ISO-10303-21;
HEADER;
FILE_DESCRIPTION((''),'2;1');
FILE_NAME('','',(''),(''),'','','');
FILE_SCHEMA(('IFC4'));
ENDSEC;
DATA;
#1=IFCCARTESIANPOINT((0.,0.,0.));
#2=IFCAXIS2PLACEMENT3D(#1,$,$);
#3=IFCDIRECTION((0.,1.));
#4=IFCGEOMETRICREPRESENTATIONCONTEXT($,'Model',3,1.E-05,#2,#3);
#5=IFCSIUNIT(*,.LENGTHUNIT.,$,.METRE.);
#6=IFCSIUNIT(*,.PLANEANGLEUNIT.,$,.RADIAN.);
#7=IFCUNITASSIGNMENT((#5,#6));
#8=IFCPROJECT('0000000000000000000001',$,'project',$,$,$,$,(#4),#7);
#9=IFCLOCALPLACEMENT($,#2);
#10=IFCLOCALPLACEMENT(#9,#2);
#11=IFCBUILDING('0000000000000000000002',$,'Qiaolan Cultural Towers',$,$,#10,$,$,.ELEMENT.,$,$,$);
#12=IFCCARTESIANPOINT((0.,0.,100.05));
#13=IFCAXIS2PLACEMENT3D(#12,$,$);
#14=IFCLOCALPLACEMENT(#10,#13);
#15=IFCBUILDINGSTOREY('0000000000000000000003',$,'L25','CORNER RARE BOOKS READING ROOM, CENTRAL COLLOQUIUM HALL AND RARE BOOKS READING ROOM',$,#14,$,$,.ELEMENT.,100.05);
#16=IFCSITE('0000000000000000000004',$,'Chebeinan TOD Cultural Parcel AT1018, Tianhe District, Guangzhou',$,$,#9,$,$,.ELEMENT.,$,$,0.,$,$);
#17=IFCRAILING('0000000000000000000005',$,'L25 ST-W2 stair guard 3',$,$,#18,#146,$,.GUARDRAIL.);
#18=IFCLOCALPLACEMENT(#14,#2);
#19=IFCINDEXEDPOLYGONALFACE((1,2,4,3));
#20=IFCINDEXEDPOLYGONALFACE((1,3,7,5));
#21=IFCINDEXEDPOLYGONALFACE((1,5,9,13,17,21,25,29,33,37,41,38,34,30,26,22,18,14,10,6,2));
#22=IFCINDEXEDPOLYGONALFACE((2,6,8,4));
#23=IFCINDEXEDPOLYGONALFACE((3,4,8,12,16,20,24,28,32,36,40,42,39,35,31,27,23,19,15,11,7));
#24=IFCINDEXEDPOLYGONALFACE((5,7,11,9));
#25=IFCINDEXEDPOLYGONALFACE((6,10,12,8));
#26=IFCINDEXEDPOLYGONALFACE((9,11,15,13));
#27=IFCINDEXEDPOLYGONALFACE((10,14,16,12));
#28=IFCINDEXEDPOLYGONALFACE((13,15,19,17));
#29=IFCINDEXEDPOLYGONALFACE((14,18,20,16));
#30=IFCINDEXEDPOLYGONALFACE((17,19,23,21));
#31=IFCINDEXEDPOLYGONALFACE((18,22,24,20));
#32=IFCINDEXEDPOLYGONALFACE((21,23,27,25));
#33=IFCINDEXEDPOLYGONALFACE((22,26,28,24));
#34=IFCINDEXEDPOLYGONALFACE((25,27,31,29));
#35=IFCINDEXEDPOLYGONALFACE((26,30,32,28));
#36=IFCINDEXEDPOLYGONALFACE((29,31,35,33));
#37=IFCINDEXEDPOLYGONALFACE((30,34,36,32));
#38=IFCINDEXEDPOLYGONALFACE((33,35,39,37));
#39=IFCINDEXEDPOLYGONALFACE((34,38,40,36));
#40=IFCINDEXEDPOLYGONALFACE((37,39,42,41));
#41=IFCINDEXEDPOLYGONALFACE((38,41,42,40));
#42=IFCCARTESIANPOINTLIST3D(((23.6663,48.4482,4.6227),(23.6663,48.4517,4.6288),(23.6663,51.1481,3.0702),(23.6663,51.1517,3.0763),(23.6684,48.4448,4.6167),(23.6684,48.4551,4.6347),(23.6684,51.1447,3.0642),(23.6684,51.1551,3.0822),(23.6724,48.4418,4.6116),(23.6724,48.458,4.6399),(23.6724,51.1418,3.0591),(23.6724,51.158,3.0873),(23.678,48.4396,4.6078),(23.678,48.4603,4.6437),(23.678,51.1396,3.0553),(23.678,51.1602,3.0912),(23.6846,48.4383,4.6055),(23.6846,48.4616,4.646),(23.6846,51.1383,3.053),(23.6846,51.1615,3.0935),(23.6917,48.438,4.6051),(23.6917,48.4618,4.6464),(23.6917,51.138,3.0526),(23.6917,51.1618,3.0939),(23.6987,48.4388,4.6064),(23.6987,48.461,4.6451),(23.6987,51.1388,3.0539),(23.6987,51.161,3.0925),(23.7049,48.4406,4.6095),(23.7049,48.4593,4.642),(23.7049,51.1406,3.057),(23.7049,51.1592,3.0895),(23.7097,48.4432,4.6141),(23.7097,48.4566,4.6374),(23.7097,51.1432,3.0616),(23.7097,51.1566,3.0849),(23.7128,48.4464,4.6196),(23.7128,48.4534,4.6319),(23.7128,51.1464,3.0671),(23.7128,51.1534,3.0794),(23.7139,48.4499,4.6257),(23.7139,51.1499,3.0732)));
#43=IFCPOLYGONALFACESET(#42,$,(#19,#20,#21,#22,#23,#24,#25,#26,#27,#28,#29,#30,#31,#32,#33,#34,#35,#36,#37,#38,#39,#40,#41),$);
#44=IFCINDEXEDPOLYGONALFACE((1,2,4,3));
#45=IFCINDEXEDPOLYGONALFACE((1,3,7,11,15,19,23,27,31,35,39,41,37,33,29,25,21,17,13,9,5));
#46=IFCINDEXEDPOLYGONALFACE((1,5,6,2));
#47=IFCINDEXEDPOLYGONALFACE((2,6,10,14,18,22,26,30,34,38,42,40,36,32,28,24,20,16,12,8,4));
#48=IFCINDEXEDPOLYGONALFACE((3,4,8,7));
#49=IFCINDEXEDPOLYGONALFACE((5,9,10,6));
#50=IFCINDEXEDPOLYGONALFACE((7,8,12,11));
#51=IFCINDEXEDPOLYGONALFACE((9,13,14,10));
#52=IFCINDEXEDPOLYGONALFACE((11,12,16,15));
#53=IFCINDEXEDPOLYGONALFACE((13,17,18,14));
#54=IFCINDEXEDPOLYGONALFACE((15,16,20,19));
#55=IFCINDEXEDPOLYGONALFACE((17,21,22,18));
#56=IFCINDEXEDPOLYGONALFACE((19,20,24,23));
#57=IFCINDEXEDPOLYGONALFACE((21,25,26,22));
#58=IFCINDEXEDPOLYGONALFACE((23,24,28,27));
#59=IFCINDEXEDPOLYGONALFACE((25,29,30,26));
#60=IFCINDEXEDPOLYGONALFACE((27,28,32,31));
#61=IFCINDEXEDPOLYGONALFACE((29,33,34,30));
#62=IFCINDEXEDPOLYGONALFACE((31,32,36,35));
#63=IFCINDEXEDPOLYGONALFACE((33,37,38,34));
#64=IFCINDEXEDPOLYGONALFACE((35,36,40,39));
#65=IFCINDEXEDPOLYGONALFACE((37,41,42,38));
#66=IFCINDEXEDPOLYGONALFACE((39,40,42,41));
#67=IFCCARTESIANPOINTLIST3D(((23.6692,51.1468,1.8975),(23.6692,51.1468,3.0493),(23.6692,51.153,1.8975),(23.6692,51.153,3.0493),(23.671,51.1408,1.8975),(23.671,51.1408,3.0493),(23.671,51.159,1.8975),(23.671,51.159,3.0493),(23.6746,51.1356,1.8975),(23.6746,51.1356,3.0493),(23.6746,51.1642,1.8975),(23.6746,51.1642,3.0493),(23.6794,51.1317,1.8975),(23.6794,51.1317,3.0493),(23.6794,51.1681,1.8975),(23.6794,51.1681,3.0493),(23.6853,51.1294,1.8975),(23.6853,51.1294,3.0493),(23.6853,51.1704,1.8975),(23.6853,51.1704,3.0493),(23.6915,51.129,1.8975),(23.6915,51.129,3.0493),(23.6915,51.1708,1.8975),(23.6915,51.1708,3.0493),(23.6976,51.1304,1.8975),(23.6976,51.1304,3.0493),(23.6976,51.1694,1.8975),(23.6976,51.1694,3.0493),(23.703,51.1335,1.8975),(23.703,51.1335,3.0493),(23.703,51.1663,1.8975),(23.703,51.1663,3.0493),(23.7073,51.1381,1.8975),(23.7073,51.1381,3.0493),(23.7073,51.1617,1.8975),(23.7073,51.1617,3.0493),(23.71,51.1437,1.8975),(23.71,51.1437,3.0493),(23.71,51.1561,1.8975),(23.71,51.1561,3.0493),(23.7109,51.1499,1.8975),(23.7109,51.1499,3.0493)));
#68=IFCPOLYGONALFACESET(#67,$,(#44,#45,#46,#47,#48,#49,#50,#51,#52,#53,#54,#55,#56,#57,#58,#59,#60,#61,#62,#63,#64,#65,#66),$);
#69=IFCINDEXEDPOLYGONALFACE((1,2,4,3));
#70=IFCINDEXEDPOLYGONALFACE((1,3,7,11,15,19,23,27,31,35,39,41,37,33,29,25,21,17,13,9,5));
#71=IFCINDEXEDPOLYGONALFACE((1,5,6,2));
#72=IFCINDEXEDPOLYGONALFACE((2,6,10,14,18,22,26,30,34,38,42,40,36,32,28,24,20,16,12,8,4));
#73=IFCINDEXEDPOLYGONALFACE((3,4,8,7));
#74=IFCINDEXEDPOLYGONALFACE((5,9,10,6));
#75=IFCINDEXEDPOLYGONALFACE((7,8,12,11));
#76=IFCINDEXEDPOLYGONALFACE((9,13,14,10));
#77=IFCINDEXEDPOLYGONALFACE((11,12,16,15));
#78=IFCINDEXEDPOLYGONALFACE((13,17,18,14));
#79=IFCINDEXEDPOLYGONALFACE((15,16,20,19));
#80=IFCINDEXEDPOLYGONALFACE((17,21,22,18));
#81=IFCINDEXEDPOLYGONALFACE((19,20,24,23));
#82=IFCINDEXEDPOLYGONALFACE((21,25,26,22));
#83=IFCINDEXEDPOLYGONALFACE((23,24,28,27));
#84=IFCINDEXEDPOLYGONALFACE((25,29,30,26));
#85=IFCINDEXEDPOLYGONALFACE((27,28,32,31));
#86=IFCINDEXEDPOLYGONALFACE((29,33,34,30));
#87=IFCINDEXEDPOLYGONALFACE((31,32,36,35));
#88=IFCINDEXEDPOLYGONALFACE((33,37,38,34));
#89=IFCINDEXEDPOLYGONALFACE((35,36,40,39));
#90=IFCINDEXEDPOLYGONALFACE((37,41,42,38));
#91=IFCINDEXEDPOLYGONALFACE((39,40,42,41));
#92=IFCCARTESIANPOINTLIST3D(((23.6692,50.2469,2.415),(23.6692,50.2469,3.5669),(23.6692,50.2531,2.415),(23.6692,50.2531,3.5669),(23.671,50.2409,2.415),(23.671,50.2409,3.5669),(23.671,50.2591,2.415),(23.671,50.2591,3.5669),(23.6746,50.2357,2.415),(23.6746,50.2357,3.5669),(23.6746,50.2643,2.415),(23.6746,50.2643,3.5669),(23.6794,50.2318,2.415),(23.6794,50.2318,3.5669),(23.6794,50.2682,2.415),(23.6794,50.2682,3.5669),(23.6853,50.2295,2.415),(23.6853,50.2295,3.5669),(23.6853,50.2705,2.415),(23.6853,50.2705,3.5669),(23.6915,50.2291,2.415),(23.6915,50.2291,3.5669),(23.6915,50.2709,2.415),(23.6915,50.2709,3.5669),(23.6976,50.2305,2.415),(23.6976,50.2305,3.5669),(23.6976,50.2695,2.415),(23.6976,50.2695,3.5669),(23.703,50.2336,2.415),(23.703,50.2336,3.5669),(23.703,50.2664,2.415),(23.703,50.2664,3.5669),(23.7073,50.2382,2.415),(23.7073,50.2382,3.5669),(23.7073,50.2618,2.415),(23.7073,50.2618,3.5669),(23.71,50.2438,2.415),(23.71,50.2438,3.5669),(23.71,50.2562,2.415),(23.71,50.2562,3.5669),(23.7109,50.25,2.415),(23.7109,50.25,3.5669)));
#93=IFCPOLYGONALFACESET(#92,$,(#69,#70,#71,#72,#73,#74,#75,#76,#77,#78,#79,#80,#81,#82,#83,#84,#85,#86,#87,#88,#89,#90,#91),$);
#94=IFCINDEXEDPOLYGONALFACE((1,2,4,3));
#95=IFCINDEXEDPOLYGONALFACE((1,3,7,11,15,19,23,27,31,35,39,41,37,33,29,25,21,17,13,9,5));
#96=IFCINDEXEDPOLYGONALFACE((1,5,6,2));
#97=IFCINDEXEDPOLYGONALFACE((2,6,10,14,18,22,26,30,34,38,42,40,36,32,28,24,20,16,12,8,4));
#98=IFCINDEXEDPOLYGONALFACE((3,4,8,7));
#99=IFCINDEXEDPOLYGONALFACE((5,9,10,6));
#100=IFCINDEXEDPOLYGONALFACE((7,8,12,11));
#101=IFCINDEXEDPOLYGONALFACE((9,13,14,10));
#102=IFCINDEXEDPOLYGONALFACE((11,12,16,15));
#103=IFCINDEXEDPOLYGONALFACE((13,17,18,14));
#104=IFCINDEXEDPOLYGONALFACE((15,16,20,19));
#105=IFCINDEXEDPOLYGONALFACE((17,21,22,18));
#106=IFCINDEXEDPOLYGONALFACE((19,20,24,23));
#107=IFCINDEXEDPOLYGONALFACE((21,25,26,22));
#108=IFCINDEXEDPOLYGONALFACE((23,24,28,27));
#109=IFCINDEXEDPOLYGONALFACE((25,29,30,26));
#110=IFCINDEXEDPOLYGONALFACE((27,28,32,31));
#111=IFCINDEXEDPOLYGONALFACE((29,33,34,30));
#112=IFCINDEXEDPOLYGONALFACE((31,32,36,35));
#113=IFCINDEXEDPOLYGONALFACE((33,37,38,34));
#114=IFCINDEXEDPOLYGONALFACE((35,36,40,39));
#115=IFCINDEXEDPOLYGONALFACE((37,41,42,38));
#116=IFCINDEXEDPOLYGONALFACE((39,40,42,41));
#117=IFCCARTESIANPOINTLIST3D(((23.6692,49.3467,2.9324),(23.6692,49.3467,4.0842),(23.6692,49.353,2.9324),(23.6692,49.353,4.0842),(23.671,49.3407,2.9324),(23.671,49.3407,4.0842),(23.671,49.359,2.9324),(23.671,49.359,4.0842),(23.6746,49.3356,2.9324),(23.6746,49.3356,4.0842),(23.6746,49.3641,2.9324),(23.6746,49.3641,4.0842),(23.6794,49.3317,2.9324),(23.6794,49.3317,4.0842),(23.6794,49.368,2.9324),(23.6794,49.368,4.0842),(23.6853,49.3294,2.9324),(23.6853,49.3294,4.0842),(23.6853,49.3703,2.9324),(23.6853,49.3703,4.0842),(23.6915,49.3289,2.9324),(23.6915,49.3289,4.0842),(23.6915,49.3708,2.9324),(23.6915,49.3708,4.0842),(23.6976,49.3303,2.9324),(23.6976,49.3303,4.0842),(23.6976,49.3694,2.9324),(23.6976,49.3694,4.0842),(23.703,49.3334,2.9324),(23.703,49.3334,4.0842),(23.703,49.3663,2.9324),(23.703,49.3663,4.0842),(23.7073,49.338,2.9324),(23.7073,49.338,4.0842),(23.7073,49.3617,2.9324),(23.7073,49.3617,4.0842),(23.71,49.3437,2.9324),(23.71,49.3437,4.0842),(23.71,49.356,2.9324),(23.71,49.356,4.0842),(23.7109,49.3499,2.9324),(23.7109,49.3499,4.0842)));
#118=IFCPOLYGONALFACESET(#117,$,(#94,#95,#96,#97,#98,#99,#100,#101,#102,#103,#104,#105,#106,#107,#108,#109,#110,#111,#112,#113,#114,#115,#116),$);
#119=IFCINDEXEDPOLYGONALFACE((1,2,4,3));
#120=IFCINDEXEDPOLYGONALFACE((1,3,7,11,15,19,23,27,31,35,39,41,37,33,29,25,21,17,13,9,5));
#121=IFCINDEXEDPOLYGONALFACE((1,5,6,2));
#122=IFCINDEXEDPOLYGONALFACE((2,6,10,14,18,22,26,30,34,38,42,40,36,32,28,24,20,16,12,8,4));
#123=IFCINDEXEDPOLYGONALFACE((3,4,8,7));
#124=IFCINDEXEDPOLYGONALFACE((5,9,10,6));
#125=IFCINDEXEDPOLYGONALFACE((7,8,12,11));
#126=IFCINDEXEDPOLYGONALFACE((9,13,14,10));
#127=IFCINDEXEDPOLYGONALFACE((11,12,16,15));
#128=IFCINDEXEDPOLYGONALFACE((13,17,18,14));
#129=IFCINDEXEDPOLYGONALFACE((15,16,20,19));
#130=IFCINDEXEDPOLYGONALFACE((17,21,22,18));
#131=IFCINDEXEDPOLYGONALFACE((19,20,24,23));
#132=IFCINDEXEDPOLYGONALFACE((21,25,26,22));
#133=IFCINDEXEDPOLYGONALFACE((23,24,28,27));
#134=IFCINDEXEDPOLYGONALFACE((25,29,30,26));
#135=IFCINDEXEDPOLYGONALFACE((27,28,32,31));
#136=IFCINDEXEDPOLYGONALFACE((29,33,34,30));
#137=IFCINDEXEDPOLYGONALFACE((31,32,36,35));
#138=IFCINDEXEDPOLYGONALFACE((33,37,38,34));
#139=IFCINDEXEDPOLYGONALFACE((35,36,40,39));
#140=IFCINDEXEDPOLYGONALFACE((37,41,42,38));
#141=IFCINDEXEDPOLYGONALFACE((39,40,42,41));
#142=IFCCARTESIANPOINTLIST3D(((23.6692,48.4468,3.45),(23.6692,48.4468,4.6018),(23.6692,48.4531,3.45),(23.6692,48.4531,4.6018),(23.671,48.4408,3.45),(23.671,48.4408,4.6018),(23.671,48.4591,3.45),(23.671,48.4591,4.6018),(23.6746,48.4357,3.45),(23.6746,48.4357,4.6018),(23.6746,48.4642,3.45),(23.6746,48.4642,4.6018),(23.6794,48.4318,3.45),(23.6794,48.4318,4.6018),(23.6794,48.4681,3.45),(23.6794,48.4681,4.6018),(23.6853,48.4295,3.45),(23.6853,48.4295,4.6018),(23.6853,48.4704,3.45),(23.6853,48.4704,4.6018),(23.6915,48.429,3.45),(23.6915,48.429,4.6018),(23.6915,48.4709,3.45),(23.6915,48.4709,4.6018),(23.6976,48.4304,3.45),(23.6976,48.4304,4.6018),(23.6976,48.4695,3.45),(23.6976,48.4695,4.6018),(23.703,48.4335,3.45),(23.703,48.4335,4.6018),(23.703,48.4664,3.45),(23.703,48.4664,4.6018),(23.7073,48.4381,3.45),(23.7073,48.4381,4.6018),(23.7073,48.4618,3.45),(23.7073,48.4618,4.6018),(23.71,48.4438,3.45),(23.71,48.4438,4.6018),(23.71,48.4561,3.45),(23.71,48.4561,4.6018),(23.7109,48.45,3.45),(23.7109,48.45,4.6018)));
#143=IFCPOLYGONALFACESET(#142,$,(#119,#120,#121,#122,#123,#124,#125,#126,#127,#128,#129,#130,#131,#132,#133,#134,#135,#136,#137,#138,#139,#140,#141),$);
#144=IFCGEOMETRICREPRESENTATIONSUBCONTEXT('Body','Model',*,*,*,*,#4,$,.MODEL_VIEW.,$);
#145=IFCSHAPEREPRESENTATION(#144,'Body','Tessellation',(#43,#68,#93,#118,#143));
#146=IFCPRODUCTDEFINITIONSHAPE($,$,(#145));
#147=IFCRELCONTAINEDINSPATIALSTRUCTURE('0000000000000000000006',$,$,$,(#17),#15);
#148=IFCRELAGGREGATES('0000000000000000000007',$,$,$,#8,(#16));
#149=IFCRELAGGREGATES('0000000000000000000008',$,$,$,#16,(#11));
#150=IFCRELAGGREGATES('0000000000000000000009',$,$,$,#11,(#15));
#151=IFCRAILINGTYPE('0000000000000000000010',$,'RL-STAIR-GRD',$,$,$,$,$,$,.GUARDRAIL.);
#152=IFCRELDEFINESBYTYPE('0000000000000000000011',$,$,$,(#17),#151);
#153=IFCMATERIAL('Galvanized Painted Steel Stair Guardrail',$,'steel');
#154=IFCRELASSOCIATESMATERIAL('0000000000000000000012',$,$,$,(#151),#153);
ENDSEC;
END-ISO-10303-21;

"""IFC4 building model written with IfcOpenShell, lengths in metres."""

from ifc_helpers import new_model, si_unit, direction, frame, origin, origin_2d, place, context, subcontext, project, spatial, circle, extrude, material, type_object, element, save


model = new_model("IFC4")

# Units and contexts
model_context = context("Model", 3, precision=1e-05, world=origin(), true_north=direction((0.0, 1.0)))
body_context = subcontext(model_context, "Body", "Model", "MODEL_VIEW")
ifc_project = project(units=[si_unit("LENGTHUNIT", "METRE"), si_unit("PLANEANGLEUNIT", "RADIAN")], contexts=[model_context])

# Site, building, storey
site_placement = place(None, origin())
site = spatial("IfcSite", under=ifc_project, at=site_placement, Name="Chebeinan TOD Cultural Parcel AT1018, Tianhe District, Guangzhou", CompositionType="ELEMENT", RefElevation=0.0)
building_placement = place(site_placement, origin())
building = spatial("IfcBuilding", under=site, at=building_placement, Name="Qiaolan Cultural Towers", CompositionType="ELEMENT")
storey_placement = place(building_placement, frame((0.0, 0.0, 100.05)))
storey = spatial("IfcBuildingStorey", under=building, at=storey_placement, Name="L25", Description="CORNER RARE BOOKS READING ROOM, CENTRAL COLLOQUIUM HALL AND RARE BOOKS READING ROOM", CompositionType="ELEMENT", Elevation=100.05)

# Railing
ifc_material_1 = material(Name="Galvanized Painted Steel Stair Guardrail", Category="steel")
railing_type_1 = type_object("IfcRailingType", Name="RL-STAIR-GRD", PredefinedType="GUARDRAIL", material=ifc_material_1)
railing_1_placement = place(storey_placement, frame((23.6899, 51.1499, 1.8975)))
element("IfcRailing", 1, at=railing_1_placement, inside=storey, type_object=railing_type_1, Name="L25 ST-W2 stair guard 3", PredefinedType="GUARDRAIL", context=body_context, shape_type="SweptSolid", body=[
    extrude(circle(Radius=0.0239, at=origin_2d()), frame((0.0, 0.0, 1.1758), z_axis=(0.0, -0.866904, 0.498476), x_axis=(1.0, 0.0, 0.0)), (0.0, 0.0, 1.0), 3.1145),
    extrude(circle(Radius=0.021, at=origin_2d()), origin(), (0.0, 0.0, 1.0), 1.1519),
    extrude(circle(Radius=0.021, at=origin_2d()), frame((0.0, -0.8999, 0.5176)), (0.0, 0.0, 1.0), 1.1519),
    extrude(circle(Radius=0.021, at=origin_2d()), frame((0.0, -1.8, 1.0349)), (0.0, 0.0, 1.0), 1.1519),
    extrude(circle(Radius=0.021, at=origin_2d()), frame((0.0, -2.7, 1.5525)), (0.0, 0.0, 1.0), 1.1519),
])

save(model, "model.ifc")
